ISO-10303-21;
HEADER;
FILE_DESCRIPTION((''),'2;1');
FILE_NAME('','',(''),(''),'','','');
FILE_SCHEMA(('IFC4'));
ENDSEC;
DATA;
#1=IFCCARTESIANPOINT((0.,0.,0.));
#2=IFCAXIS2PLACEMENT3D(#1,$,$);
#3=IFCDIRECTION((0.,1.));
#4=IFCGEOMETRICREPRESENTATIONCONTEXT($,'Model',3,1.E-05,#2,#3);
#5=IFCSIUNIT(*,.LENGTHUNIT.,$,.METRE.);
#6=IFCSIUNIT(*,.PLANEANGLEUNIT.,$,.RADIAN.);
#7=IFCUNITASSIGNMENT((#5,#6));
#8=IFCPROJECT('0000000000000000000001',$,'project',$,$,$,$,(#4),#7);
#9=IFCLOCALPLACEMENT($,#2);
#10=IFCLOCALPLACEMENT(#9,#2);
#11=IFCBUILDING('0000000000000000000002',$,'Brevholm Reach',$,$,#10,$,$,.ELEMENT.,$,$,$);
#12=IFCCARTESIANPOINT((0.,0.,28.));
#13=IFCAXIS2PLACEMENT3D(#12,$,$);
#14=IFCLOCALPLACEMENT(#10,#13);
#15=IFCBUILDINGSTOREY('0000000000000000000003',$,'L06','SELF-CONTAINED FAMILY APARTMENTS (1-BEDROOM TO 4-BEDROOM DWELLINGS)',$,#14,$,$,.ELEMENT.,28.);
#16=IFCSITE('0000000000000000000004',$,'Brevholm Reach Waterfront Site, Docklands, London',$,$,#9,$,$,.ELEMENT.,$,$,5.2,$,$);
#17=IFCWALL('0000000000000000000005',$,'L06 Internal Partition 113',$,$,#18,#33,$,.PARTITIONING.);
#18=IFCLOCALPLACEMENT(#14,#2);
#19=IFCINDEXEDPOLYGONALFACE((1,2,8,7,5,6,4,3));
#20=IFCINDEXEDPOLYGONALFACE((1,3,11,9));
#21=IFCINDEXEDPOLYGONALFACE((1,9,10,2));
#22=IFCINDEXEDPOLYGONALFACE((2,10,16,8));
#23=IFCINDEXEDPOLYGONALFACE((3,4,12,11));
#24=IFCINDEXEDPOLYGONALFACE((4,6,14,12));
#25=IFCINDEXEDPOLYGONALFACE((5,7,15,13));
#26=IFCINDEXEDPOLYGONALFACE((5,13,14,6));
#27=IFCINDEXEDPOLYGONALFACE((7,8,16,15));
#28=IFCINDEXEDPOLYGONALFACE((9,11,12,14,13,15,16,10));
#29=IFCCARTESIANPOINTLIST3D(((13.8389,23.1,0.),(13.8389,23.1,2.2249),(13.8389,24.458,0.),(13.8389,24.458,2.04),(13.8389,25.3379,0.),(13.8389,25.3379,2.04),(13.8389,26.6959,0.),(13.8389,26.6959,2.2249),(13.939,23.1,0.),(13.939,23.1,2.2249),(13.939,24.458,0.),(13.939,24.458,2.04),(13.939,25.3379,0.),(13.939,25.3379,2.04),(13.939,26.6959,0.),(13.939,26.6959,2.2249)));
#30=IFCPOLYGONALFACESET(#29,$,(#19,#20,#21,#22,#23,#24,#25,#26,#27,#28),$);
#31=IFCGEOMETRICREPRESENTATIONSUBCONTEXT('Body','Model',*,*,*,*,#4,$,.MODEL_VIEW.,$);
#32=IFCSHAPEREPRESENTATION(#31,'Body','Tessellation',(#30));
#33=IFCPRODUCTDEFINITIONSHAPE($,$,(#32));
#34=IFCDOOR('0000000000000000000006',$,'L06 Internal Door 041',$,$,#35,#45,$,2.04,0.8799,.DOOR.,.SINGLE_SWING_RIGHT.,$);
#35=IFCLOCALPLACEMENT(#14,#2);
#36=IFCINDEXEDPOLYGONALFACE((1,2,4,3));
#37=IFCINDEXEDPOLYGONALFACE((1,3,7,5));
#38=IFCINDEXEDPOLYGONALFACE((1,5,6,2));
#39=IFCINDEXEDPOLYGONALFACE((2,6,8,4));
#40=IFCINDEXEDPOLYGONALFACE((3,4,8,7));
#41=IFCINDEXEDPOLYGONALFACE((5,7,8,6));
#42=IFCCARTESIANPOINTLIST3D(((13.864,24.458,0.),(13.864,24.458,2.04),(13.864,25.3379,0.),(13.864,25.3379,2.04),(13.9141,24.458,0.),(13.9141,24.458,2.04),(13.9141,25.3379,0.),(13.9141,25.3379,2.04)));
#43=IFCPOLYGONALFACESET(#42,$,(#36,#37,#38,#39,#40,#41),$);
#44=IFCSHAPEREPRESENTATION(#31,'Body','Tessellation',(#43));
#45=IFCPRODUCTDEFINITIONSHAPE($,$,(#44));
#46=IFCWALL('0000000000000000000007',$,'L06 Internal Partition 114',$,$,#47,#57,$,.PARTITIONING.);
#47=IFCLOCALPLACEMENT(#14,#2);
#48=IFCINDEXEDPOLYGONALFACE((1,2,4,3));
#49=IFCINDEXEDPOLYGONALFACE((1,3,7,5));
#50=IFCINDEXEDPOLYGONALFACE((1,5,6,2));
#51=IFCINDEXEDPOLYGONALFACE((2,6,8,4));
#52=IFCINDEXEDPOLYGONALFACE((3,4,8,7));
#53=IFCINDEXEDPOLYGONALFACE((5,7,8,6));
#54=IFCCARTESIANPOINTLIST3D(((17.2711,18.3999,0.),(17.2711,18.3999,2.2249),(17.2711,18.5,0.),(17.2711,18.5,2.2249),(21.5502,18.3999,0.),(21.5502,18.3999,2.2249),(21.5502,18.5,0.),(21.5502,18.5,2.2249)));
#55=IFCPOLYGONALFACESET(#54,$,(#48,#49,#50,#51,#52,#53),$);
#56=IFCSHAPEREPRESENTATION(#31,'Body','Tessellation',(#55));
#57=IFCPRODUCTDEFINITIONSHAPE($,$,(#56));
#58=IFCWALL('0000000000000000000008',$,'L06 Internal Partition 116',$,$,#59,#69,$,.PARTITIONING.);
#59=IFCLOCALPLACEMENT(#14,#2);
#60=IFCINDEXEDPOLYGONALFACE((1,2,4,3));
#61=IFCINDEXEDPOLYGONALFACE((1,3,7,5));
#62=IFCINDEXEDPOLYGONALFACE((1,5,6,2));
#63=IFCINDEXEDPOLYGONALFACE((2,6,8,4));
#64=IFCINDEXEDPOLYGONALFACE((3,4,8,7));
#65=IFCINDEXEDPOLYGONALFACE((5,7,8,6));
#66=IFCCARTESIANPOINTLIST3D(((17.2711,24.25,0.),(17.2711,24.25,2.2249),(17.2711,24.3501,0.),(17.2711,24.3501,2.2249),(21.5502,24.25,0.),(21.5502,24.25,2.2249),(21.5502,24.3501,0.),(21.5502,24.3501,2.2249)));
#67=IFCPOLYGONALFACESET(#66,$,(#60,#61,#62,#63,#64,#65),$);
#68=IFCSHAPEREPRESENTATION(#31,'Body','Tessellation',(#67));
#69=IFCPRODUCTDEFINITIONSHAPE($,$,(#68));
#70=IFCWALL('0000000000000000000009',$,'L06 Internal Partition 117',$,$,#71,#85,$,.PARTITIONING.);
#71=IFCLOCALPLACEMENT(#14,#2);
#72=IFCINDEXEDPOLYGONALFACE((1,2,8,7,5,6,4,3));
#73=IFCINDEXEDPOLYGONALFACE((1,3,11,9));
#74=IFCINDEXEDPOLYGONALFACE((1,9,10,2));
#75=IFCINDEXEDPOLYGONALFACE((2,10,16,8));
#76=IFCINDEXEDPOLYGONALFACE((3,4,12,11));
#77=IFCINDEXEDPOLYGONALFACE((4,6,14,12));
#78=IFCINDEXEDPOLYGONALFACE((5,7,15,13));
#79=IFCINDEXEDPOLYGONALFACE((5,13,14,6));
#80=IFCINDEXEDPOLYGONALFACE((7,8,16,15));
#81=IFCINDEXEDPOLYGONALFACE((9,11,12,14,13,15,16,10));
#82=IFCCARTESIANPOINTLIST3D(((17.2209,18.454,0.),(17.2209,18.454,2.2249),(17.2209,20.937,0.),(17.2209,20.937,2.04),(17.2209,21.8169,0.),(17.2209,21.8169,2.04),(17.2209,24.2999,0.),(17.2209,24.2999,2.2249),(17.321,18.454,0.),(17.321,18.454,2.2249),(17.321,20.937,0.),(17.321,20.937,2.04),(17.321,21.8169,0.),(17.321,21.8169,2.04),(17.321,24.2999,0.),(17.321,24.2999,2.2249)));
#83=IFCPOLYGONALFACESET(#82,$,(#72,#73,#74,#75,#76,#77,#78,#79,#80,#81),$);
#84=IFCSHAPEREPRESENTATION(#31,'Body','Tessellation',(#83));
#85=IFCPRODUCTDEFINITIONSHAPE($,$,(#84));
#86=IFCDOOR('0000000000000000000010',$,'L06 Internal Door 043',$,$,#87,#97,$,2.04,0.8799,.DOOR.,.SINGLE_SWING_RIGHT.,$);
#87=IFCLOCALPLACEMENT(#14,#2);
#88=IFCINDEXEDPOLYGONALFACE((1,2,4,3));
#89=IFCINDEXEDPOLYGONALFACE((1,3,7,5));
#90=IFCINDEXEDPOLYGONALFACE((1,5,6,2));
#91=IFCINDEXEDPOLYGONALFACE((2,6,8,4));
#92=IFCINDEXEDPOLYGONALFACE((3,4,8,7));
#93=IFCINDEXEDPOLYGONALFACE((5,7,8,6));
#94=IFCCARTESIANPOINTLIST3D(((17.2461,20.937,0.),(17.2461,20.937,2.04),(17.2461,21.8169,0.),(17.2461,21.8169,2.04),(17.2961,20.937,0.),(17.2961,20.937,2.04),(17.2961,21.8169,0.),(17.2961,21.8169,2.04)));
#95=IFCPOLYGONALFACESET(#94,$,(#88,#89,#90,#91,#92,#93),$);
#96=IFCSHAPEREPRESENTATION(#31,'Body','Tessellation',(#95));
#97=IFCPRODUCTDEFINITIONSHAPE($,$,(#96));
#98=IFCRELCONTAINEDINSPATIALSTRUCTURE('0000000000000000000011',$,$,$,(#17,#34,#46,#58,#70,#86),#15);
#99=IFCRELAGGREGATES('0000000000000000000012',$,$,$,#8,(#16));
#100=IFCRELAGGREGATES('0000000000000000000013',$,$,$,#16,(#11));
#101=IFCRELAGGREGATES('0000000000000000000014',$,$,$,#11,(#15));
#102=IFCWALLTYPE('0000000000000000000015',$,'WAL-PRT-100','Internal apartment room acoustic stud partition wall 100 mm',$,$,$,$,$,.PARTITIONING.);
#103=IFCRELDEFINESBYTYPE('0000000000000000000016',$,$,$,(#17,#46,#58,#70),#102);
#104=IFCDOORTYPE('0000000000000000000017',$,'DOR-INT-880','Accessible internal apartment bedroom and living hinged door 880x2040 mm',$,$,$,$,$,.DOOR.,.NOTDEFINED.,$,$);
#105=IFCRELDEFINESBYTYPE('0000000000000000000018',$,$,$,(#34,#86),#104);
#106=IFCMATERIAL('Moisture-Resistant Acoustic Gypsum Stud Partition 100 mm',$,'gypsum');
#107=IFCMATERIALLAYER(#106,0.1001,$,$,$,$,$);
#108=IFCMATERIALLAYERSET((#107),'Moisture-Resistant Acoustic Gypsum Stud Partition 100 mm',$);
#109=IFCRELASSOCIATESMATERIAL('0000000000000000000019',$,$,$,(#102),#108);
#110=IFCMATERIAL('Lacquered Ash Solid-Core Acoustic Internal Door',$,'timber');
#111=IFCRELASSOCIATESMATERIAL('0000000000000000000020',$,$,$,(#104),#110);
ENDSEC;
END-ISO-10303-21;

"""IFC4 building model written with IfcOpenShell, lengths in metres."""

from ifc_helpers import new_model, si_unit, direction, frame, frame_2d, origin, place, context, subcontext, project, spatial, rectangle, extrude, material, layer, layer_set, type_object, element, fill, save


model = new_model("IFC4")

# Units and contexts
model_context = context("Model", 3, precision=1e-05, world=origin(), true_north=direction((0.0, 1.0)))
body_context = subcontext(model_context, "Body", "Model", "MODEL_VIEW")
ifc_project = project(units=[si_unit("LENGTHUNIT", "METRE"), si_unit("PLANEANGLEUNIT", "RADIAN")], contexts=[model_context])

# Site, building, storey
site_placement = place(None, origin())
site = spatial("IfcSite", under=ifc_project, at=site_placement, Name="Brevholm Reach Waterfront Site, Docklands, London", CompositionType="ELEMENT", RefElevation=5.2)
building_placement = place(site_placement, origin())
building = spatial("IfcBuilding", under=site, at=building_placement, Name="Brevholm Reach", CompositionType="ELEMENT")
storey_placement = place(building_placement, frame((0.0, 0.0, 28.0)))
storey = spatial("IfcBuildingStorey", under=building, at=storey_placement, Name="L06", Description="SELF-CONTAINED FAMILY APARTMENTS (1-BEDROOM TO 4-BEDROOM DWELLINGS)", CompositionType="ELEMENT", Elevation=28.0)

# Wall, opening, door
ifc_material_1 = material(Name="Moisture-Resistant Acoustic Gypsum Stud Partition 100 mm", Category="gypsum")
ifc_layer_1 = layer(ifc_material_1, 0.1001)
ifc_layer_set_1 = layer_set([ifc_layer_1], Name="Moisture-Resistant Acoustic Gypsum Stud Partition 100 mm")
wall_type_1 = type_object("IfcWallType", Name="WAL-PRT-100", Description="Internal apartment room acoustic stud partition wall 100 mm", PredefinedType="PARTITIONING", material=ifc_layer_set_1)
ifc_material_2 = material(Name="Lacquered Ash Solid-Core Acoustic Internal Door", Category="timber")
door_type = type_object("IfcDoorType", Name="DOR-INT-880", Description="Accessible internal apartment bedroom and living hinged door 880x2040 mm", OperationType="NOTDEFINED", PredefinedType="DOOR", material=ifc_material_2)
wall_1_placement = place(storey_placement, frame((13.8889, 23.1001, 0.0), z_axis=(0.0, 0.0, 1.0), x_axis=(0.0, 1.0, 0.0)))
wall_1 = element("IfcWall", 1, at=wall_1_placement, inside=storey, type_object=wall_type_1, Name="L06 Internal Partition 113", PredefinedType="PARTITIONING", context=body_context, shape_type="SweptSolid", body=[
    extrude(rectangle(XDim=3.5959, YDim=0.1001, at=frame_2d((1.7979, 0.0))), origin(), (0.0, 0.0, 1.0), 2.2249),
])
opening_1_placement = place(wall_1_placement, frame((1.3579, 0.0, 0.0)))
opening_1 = element("IfcOpeningElement", 2, at=opening_1_placement, cuts=wall_1, PredefinedType="OPENING", context=body_context, shape_type="SweptSolid", body=[
    extrude(rectangle(XDim=0.8799, YDim=2.04, at=frame_2d((0.4399, 1.02))), frame((0.0, 0.0601, 0.0), z_axis=(0.0, -1.0, 0.0), x_axis=(1.0, 0.0, 0.0)), (0.0, 0.0, 1.0), 0.1201),
])
door_1_placement = place(opening_1_placement, origin())
door_1 = element("IfcDoor", 3, at=door_1_placement, inside=storey, type_object=door_type, Name="L06 Internal Door 041", OperationType="SINGLE_SWING_RIGHT", OverallHeight=2.04, OverallWidth=0.8799, PredefinedType="DOOR", context=body_context, shape_type="SweptSolid", body=[
    extrude(rectangle(XDim=0.8799, YDim=2.04, at=frame_2d((0.4399, 1.02))), frame((0.0, 0.0249, 0.0), z_axis=(0.0, -1.0, 0.0), x_axis=(1.0, 0.0, 0.0)), (0.0, 0.0, 1.0), 0.05),
])
fill(opening_1, door_1)

# Walls
for number, where, z_axis, x_axis, name in (
    (4, (17.271, 18.45, 0.0), (0.0, 0.0, 1.0), (1.0, 0.0, 0.0), "L06 Internal Partition 114"),
    (5, (17.271, 24.3, 0.0), (0.0, 0.0, 1.0), (1.0, 0.0, 0.0), "L06 Internal Partition 116"),
):
    element("IfcWall", number, at=place(storey_placement, frame(where, z_axis=z_axis, x_axis=x_axis)), inside=storey, type_object=wall_type_1, Name=name, PredefinedType="PARTITIONING", context=body_context, shape_type="SweptSolid", body=[
        extrude(rectangle(XDim=4.2791, YDim=0.1001, at=frame_2d((2.1396, 0.0))), origin(), (0.0, 0.0, 1.0), 2.2249),
    ])

# Wall, opening, door
wall_2_placement = place(storey_placement, frame((17.271, 18.4541, 0.0), z_axis=(0.0, 0.0, 1.0), x_axis=(0.0, 1.0, 0.0)))
wall_2 = element("IfcWall", 6, at=wall_2_placement, inside=storey, type_object=wall_type_1, Name="L06 Internal Partition 117", PredefinedType="PARTITIONING", context=body_context, shape_type="SweptSolid", body=[
    extrude(rectangle(XDim=5.8459, YDim=0.1001, at=frame_2d((2.9229, 0.0))), origin(), (0.0, 0.0, 1.0), 2.2249),
])
opening_2_placement = place(wall_2_placement, frame((2.4829, 0.0, 0.0)))
opening_2 = element("IfcOpeningElement", 7, at=opening_2_placement, cuts=wall_2, PredefinedType="OPENING", context=body_context, shape_type="SweptSolid", body=[
    extrude(rectangle(XDim=0.8799, YDim=2.04, at=frame_2d((0.4399, 1.02))), frame((0.0, 0.0601, 0.0), z_axis=(0.0, -1.0, 0.0), x_axis=(1.0, 0.0, 0.0)), (0.0, 0.0, 1.0), 0.1201),
])
door_2_placement = place(opening_2_placement, origin())
door_2 = element("IfcDoor", 8, at=door_2_placement, inside=storey, type_object=door_type, Name="L06 Internal Door 043", OperationType="SINGLE_SWING_RIGHT", OverallHeight=2.04, OverallWidth=0.8799, PredefinedType="DOOR", context=body_context, shape_type="SweptSolid", body=[
    extrude(rectangle(XDim=0.8799, YDim=2.04, at=frame_2d((0.4399, 1.02))), frame((0.0, 0.0249, 0.0), z_axis=(0.0, -1.0, 0.0), x_axis=(1.0, 0.0, 0.0)), (0.0, 0.0, 1.0), 0.05),
])
fill(opening_2, door_2)

save(model, "model.ifc")
